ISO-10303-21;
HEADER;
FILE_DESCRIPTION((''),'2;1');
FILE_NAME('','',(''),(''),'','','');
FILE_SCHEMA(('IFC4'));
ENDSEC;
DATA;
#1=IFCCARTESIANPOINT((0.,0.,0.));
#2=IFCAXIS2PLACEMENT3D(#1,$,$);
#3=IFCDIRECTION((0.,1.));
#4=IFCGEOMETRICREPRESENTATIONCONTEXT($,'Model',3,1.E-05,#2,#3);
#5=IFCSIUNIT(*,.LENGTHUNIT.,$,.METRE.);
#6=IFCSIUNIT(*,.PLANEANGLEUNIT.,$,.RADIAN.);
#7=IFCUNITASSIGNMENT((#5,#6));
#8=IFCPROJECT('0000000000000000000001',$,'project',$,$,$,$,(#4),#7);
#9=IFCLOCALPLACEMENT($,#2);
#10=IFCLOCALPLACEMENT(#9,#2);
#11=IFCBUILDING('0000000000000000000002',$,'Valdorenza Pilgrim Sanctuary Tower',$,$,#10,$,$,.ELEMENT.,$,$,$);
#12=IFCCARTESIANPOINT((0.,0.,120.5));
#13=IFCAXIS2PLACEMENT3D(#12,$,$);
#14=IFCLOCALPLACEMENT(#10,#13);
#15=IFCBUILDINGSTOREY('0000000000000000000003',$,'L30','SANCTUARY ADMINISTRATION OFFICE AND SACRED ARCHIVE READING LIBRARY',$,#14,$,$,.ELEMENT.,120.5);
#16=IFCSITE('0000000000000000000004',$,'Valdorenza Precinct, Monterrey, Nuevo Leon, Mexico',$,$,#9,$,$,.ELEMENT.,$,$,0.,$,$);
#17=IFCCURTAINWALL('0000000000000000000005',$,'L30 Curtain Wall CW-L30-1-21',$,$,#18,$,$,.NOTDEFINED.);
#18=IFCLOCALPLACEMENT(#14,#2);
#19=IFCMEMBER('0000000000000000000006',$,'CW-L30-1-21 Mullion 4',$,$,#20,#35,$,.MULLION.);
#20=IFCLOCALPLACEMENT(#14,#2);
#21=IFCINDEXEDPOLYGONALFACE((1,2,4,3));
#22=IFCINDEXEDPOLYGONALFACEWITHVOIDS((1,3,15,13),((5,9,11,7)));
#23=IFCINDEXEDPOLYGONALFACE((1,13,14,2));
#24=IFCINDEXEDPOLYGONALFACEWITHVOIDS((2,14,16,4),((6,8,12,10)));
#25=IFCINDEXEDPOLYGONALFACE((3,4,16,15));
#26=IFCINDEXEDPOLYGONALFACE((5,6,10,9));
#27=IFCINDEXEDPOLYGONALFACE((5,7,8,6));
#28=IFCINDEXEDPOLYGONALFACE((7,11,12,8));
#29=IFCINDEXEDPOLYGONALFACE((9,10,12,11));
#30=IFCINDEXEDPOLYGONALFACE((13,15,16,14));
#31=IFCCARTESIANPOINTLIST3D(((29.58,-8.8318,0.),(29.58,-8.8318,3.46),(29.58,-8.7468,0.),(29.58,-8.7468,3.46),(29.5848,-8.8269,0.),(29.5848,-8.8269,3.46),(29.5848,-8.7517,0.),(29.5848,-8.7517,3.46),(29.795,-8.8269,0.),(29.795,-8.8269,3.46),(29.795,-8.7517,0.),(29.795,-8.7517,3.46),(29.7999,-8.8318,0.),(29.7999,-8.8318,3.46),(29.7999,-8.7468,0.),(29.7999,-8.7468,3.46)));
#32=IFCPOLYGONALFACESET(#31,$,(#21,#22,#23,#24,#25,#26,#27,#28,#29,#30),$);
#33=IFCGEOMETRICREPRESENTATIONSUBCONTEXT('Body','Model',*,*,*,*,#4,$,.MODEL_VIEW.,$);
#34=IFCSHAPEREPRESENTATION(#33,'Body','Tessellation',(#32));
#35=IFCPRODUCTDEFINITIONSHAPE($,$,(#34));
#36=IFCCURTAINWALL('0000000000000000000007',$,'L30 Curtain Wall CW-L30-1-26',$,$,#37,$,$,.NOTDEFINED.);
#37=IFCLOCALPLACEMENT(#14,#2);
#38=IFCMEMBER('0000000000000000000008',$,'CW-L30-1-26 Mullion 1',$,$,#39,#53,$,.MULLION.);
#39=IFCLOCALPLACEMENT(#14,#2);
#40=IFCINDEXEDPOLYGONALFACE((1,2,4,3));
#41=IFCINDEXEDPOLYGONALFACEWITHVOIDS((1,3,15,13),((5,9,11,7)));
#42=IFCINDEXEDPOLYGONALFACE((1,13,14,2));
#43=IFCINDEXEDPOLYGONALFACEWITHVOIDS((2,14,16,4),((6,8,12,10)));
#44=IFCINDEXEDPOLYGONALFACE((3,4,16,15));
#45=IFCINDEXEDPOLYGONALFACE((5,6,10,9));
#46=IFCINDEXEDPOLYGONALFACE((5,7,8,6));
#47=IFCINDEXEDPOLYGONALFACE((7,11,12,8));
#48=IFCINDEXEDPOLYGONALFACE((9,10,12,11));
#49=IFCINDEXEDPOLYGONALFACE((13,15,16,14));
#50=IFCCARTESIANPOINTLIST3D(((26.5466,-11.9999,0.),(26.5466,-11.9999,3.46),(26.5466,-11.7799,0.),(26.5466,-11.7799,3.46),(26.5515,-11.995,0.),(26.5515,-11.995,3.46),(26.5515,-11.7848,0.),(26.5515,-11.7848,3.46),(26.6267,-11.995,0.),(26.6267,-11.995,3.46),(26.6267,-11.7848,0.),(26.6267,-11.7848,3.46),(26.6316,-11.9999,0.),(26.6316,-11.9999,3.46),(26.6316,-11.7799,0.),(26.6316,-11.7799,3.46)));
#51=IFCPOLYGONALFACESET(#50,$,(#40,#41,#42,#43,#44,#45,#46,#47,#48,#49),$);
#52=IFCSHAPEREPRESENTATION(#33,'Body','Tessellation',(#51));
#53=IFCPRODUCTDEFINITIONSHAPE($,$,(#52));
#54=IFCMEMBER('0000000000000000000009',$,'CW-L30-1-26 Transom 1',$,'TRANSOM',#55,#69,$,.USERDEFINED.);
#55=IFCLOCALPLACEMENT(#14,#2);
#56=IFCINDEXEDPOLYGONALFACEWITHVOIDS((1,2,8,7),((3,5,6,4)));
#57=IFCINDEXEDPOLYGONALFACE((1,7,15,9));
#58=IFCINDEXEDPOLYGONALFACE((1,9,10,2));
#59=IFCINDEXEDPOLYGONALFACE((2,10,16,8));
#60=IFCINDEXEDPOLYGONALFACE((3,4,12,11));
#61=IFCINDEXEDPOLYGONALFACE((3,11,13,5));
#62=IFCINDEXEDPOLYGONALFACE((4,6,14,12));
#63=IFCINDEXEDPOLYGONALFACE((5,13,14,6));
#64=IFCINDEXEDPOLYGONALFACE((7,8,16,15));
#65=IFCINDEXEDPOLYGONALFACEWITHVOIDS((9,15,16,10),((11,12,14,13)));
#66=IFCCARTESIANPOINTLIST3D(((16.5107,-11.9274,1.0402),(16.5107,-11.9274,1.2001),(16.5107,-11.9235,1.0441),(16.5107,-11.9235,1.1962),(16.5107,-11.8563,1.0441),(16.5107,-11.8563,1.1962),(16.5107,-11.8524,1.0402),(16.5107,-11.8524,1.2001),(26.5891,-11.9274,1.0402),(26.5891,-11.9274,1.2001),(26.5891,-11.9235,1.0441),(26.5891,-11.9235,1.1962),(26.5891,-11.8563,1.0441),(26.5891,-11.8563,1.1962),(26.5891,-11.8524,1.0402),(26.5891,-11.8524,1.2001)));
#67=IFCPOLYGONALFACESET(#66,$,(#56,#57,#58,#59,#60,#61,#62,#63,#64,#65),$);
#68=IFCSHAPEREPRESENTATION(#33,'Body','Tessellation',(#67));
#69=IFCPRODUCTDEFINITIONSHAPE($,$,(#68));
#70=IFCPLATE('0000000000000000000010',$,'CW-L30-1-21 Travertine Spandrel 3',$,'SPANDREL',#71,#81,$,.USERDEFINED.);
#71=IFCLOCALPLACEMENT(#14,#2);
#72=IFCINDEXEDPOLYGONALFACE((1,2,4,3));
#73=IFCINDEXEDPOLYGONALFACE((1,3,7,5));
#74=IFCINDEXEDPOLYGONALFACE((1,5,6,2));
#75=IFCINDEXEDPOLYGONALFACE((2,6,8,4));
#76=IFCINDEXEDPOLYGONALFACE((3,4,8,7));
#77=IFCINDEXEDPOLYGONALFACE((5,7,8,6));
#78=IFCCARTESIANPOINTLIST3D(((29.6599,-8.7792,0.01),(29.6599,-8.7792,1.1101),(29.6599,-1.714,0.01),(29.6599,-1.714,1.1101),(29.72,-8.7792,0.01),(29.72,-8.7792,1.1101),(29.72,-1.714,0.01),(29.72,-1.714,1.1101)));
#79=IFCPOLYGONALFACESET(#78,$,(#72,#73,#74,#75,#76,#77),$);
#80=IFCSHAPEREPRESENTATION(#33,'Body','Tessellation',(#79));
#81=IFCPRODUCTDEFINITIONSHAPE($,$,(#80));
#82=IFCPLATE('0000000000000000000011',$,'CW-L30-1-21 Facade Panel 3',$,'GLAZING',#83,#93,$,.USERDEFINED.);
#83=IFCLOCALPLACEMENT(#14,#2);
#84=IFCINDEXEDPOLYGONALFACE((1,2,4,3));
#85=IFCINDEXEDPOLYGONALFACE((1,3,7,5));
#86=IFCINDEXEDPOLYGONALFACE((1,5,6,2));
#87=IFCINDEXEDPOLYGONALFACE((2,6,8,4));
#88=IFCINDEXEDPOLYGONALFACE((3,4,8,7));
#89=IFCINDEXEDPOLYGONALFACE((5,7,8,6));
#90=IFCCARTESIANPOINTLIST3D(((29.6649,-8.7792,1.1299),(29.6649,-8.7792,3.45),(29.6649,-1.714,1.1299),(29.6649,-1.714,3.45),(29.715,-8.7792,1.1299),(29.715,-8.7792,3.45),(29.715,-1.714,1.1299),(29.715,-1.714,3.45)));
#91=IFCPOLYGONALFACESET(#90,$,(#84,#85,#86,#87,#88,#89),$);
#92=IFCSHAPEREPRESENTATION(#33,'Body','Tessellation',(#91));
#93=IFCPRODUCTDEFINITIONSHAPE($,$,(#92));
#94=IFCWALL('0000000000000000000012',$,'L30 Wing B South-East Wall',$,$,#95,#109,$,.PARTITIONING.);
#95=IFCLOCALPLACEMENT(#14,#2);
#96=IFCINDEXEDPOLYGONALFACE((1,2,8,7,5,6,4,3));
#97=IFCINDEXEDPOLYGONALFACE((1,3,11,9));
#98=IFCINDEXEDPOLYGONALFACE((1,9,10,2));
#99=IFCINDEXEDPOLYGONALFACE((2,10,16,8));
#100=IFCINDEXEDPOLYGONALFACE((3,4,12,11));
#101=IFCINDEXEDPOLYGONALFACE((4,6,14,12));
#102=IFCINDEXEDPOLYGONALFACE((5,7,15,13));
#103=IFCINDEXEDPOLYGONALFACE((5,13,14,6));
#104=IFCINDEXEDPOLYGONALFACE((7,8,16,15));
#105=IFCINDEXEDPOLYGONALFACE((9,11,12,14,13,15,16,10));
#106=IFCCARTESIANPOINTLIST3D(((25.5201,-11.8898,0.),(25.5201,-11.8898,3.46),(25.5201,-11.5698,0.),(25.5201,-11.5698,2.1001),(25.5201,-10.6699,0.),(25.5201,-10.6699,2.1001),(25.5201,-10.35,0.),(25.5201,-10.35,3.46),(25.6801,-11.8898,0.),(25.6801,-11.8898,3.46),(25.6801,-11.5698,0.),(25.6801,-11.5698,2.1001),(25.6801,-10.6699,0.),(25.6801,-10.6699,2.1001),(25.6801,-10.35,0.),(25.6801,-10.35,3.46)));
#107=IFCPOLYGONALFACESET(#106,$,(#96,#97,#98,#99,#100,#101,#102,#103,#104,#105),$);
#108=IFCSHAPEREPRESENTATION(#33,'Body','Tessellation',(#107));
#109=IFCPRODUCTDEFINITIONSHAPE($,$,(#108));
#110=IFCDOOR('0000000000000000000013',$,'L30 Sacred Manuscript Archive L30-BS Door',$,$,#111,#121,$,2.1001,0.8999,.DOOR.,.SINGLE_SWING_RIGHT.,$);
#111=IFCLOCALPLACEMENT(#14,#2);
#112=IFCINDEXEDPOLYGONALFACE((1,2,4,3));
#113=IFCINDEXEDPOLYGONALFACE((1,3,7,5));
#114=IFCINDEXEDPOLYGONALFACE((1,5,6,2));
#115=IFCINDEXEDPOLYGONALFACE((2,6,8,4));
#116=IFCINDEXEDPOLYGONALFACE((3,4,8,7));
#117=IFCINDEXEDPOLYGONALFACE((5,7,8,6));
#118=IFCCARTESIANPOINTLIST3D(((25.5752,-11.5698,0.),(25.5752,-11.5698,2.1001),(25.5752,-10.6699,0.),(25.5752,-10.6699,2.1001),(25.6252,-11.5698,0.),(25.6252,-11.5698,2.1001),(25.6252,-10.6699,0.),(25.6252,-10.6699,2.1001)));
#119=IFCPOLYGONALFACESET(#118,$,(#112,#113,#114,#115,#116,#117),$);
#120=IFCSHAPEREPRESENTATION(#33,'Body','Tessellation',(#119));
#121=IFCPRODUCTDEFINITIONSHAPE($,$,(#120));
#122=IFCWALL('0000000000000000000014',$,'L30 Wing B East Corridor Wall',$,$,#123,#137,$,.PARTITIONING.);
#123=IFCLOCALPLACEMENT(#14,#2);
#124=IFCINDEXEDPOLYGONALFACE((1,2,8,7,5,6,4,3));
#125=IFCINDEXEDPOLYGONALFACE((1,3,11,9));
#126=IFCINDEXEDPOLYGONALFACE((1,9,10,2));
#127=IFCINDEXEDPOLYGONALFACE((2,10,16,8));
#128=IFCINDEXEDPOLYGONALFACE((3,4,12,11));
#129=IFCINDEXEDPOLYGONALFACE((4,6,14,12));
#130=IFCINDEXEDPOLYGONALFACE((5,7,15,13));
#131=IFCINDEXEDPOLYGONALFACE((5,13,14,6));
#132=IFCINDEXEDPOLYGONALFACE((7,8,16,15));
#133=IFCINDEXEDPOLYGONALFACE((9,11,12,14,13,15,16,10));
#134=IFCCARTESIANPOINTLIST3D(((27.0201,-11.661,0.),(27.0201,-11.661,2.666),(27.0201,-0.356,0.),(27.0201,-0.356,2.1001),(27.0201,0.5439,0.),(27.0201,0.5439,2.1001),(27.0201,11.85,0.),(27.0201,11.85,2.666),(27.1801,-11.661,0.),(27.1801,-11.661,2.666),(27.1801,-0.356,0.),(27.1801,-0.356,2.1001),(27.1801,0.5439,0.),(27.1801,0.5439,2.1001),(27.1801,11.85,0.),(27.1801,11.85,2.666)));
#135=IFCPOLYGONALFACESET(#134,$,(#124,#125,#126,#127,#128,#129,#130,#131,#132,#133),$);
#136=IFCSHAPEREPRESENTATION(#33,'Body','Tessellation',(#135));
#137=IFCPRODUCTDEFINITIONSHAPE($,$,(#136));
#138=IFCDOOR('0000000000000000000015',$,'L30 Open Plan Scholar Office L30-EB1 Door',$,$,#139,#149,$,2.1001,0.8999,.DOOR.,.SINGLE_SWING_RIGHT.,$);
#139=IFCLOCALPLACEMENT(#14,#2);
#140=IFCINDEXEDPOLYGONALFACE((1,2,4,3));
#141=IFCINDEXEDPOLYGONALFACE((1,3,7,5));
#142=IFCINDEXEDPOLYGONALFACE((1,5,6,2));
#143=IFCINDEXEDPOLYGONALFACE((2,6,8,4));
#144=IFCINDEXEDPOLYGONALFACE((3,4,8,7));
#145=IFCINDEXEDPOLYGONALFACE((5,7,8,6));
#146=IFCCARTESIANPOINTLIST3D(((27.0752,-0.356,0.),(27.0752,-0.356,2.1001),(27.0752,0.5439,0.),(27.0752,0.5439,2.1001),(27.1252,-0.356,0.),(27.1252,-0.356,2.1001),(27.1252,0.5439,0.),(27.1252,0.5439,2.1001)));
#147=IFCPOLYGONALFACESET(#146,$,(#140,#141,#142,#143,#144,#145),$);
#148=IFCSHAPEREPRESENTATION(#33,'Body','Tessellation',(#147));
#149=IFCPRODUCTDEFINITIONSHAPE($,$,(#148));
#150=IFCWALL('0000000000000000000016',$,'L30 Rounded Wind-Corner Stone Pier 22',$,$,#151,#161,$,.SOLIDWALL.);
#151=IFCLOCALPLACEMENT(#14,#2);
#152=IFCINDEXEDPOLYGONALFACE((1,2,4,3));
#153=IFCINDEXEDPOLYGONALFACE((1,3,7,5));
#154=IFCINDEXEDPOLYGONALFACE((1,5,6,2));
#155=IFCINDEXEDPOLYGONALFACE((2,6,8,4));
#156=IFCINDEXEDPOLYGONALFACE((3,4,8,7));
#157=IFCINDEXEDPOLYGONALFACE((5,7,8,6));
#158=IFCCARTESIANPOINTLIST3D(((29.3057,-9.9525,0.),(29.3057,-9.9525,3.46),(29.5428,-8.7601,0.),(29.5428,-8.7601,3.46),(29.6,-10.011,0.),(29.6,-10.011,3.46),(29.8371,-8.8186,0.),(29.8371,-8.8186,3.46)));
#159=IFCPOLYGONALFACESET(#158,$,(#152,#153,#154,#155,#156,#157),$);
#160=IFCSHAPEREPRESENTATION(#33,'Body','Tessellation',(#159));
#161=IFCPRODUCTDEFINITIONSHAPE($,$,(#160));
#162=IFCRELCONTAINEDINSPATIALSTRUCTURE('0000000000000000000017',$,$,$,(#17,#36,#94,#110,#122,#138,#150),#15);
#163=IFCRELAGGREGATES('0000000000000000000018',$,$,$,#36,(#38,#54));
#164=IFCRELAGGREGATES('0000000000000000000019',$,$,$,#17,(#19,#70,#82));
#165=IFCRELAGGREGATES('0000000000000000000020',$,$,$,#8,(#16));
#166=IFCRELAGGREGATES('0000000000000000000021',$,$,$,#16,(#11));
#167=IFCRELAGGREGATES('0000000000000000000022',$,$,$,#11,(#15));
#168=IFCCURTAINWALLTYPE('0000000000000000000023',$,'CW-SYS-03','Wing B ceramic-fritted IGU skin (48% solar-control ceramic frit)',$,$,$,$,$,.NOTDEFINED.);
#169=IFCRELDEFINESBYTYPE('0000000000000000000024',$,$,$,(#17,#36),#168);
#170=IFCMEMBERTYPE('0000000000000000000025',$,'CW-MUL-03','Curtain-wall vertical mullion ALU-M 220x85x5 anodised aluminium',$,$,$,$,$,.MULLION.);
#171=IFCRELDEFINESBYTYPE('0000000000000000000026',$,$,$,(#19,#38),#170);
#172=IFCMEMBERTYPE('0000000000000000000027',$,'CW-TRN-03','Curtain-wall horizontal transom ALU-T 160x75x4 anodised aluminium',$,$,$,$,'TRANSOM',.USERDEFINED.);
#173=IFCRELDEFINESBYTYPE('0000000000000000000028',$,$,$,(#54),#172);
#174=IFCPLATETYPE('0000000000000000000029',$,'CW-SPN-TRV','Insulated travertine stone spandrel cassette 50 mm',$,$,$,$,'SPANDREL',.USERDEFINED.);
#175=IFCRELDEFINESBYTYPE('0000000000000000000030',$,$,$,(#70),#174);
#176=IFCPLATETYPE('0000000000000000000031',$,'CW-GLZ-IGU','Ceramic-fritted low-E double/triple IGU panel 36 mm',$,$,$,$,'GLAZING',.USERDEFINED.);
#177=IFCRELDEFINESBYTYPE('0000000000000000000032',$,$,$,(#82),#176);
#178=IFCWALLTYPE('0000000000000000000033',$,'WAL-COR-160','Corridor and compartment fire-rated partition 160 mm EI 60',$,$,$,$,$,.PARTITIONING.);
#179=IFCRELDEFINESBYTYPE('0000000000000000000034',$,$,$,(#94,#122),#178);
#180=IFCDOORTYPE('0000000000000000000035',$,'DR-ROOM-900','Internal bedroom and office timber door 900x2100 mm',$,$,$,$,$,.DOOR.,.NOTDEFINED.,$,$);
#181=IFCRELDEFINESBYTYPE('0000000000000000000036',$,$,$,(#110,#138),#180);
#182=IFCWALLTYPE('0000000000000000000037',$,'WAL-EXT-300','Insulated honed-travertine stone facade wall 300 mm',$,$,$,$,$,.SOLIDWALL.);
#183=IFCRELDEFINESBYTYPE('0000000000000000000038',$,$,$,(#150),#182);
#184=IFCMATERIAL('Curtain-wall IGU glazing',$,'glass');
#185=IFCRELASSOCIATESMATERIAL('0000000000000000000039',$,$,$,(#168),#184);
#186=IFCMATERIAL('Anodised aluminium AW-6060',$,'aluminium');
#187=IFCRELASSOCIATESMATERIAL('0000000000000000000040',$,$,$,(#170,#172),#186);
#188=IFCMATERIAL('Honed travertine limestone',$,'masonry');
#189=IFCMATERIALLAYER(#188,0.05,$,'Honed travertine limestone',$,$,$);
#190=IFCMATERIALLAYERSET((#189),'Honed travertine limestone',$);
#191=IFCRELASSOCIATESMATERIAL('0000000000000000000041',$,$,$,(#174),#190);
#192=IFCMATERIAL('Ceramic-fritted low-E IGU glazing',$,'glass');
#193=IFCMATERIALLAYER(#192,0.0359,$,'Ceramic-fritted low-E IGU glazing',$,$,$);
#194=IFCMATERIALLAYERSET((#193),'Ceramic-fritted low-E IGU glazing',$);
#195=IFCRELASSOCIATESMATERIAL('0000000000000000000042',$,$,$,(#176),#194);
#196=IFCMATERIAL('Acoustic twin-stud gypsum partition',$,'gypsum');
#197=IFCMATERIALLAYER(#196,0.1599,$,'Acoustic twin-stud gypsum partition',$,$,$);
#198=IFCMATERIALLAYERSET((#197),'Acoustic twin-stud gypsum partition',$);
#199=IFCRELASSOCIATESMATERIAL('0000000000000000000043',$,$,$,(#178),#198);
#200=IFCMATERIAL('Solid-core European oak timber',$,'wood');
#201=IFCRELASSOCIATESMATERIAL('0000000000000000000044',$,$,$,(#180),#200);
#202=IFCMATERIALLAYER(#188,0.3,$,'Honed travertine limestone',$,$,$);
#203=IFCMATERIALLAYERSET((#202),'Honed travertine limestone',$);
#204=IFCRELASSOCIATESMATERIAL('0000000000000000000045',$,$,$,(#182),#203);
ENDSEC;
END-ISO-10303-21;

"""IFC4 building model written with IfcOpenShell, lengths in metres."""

from ifc_helpers import new_model, si_unit, direction, frame, frame_2d, origin, origin_2d, place, context, subcontext, project, spatial, rectangle, hollow_rectangle, extrude, source, transform, mapped, material, layer, layer_set, material_profile, profile_set, type_object, element, fill, aggregate, save


model = new_model("IFC4")

# Units and contexts
model_context = context("Model", 3, precision=1e-05, world=origin(), true_north=direction((0.0, 1.0)))
body_context = subcontext(model_context, "Body", "Model", "MODEL_VIEW")
ifc_project = project(units=[si_unit("LENGTHUNIT", "METRE"), si_unit("PLANEANGLEUNIT", "RADIAN")], contexts=[model_context])

# Site, building, storey
site_placement = place(None, origin())
site = spatial("IfcSite", under=ifc_project, at=site_placement, Name="Valdorenza Precinct, Monterrey, Nuevo Leon, Mexico", CompositionType="ELEMENT", RefElevation=0.0)
building_placement = place(site_placement, origin())
building = spatial("IfcBuilding", under=site, at=building_placement, Name="Valdorenza Pilgrim Sanctuary Tower", CompositionType="ELEMENT")
storey_placement = place(building_placement, frame((0.0, 0.0, 120.5)))
storey = spatial("IfcBuildingStorey", under=building, at=storey_placement, Name="L30", Description="SANCTUARY ADMINISTRATION OFFICE AND SACRED ARCHIVE READING LIBRARY", CompositionType="ELEMENT", Elevation=120.5)

# Curtain walls, members
ifc_material_1 = material(Name="Curtain-wall IGU glazing", Category="glass")
curtain_wall_type = type_object("IfcCurtainWallType", Name="CW-SYS-03", Description="Wing B ceramic-fritted IGU skin (48% solar-control ceramic frit)", PredefinedType="NOTDEFINED", material=ifc_material_1)
curtain_wall_1_placement = place(storey_placement, origin())
curtain_wall_1 = element("IfcCurtainWall", 1, at=curtain_wall_1_placement, inside=storey, type_object=curtain_wall_type, Name="L30 Curtain Wall CW-L30-1-21", PredefinedType="NOTDEFINED")
ifc_material_2 = material(Name="Anodised aluminium AW-6060", Category="aluminium")
ifc_material_profile_1 = material_profile(ifc_material_2, hollow_rectangle(XDim=0.085, YDim=0.22, WallThickness=0.0049, at=origin_2d()), Name="ALU-M 220x85x5")
ifc_profile_set_1 = profile_set([ifc_material_profile_1], Name="Anodised aluminium AW-6060")
member_type_1 = type_object("IfcMemberType", Name="CW-MUL-03", Description="Curtain-wall vertical mullion ALU-M 220x85x5 anodised aluminium", PredefinedType="MULLION", material=ifc_profile_set_1)
shared_shape_1 = source(origin(), body_context, "Body", "SweptSolid", [
    extrude(hollow_rectangle(XDim=0.085, YDim=0.22, WallThickness=0.0049, at=origin_2d()), origin(), (0.0, 0.0, 1.0), 3.46),
])
member_1_placement = place(storey_placement, frame((29.6899, -8.7893, 0.0), z_axis=(0.0, 0.0, 1.0), x_axis=(0.0, -1.0, 0.0)))
member_1 = element("IfcMember", 2, at=member_1_placement, type_object=member_type_1, Name="CW-L30-1-21 Mullion 4", PredefinedType="MULLION", context=body_context, shape_type="MappedRepresentation", body=[
    mapped(shared_shape_1, transform((0.0, 0.0, 0.0), x_axis=(1.0, 0.0, 0.0), y_axis=(0.0, 1.0, 0.0), z_axis=(0.0, 0.0, 1.0), scale=1.0)),
])
curtain_wall_2_placement = place(storey_placement, origin())
curtain_wall_2 = element("IfcCurtainWall", 3, at=curtain_wall_2_placement, inside=storey, type_object=curtain_wall_type, Name="L30 Curtain Wall CW-L30-1-26", PredefinedType="NOTDEFINED")
member_2_placement = place(storey_placement, frame((26.5891, -11.8899, 0.0), z_axis=(0.0, 0.0, 1.0), x_axis=(-1.0, 0.0, 0.0)))
member_2 = element("IfcMember", 4, at=member_2_placement, type_object=member_type_1, Name="CW-L30-1-26 Mullion 1", PredefinedType="MULLION", context=body_context, shape_type="MappedRepresentation", body=[
    mapped(shared_shape_1, transform((0.0, 0.0, 0.0), x_axis=(1.0, 0.0, 0.0), y_axis=(0.0, 1.0, 0.0), z_axis=(0.0, 0.0, 1.0), scale=1.0)),
])
ifc_material_profile_2 = material_profile(ifc_material_2, hollow_rectangle(XDim=0.075, YDim=0.1599, WallThickness=0.0039, at=origin_2d()), Name="ALU-T 160x75x4")
ifc_profile_set_2 = profile_set([ifc_material_profile_2], Name="Anodised aluminium AW-6060")
member_type_2 = type_object("IfcMemberType", Name="CW-TRN-03", Description="Curtain-wall horizontal transom ALU-T 160x75x4 anodised aluminium", ElementType="TRANSOM", PredefinedType="USERDEFINED", material=ifc_profile_set_2)
shared_shape_2 = source(origin(), body_context, "Body", "SweptSolid", [
    extrude(hollow_rectangle(XDim=0.075, YDim=0.1599, WallThickness=0.0039, at=origin_2d()), origin(), (0.0, 0.0, 1.0), 10.0784),
])
member_3_placement = place(storey_placement, frame((26.5891, -11.8899, 1.1201), z_axis=(-1.0, 0.0, 0.0), x_axis=(0.0, -1.0, 0.0)))
member_3 = element("IfcMember", 5, at=member_3_placement, type_object=member_type_2, Name="CW-L30-1-26 Transom 1", ObjectType="TRANSOM", PredefinedType="USERDEFINED", context=body_context, shape_type="MappedRepresentation", body=[
    mapped(shared_shape_2, transform((0.0, 0.0, 0.0), x_axis=(1.0, 0.0, 0.0), y_axis=(0.0, 1.0, 0.0), z_axis=(0.0, 0.0, 1.0), scale=1.0)),
])
aggregate(curtain_wall_2, [member_2, member_3])

# Plates
ifc_material_3 = material(Name="Honed travertine limestone", Category="masonry")
ifc_layer_1 = layer(ifc_material_3, 0.05, Name="Honed travertine limestone")
ifc_layer_set_1 = layer_set([ifc_layer_1], Name="Honed travertine limestone")
plate_type_1 = type_object("IfcPlateType", Name="CW-SPN-TRV", Description="Insulated travertine stone spandrel cassette 50 mm", ElementType="SPANDREL", PredefinedType="USERDEFINED", material=ifc_layer_set_1)
shared_shape_3 = source(origin(), body_context, "Body", "SweptSolid", [
    extrude(rectangle(XDim=7.0652, YDim=0.0601, at=origin_2d()), origin(), (0.0, 0.0, 1.0), 1.1001),
])
plate_1_placement = place(storey_placement, frame((29.6899, -5.2466, 0.01), z_axis=(0.0, 0.0, 1.0), x_axis=(0.0, -1.0, 0.0)))
plate_1 = element("IfcPlate", 6, at=plate_1_placement, type_object=plate_type_1, Name="CW-L30-1-21 Travertine Spandrel 3", ObjectType="SPANDREL", PredefinedType="USERDEFINED", context=body_context, shape_type="MappedRepresentation", body=[
    mapped(shared_shape_3, transform((0.0, 0.0, 0.0), x_axis=(1.0, 0.0, 0.0), y_axis=(0.0, 1.0, 0.0), z_axis=(0.0, 0.0, 1.0), scale=1.0)),
])
ifc_material_4 = material(Name="Ceramic-fritted low-E IGU glazing", Category="glass")
ifc_layer_2 = layer(ifc_material_4, 0.0359, Name="Ceramic-fritted low-E IGU glazing")
ifc_layer_set_2 = layer_set([ifc_layer_2], Name="Ceramic-fritted low-E IGU glazing")
plate_type_2 = type_object("IfcPlateType", Name="CW-GLZ-IGU", Description="Ceramic-fritted low-E double/triple IGU panel 36 mm", ElementType="GLAZING", PredefinedType="USERDEFINED", material=ifc_layer_set_2)
shared_shape_4 = source(origin(), body_context, "Body", "SweptSolid", [
    extrude(rectangle(XDim=7.0652, YDim=0.05, at=origin_2d()), origin(), (0.0, 0.0, 1.0), 2.3201),
])
plate_2_placement = place(storey_placement, frame((29.6899, -5.2466, 1.1299), z_axis=(0.0, 0.0, 1.0), x_axis=(0.0, -1.0, 0.0)))
plate_2 = element("IfcPlate", 7, at=plate_2_placement, type_object=plate_type_2, Name="CW-L30-1-21 Facade Panel 3", ObjectType="GLAZING", PredefinedType="USERDEFINED", context=body_context, shape_type="MappedRepresentation", body=[
    mapped(shared_shape_4, transform((0.0, 0.0, 0.0), x_axis=(1.0, 0.0, 0.0), y_axis=(0.0, 1.0, 0.0), z_axis=(0.0, 0.0, 1.0), scale=1.0)),
])
aggregate(curtain_wall_1, [member_1, plate_1, plate_2])

# Walls, openings, doors
ifc_material_5 = material(Name="Acoustic twin-stud gypsum partition", Category="gypsum")
ifc_layer_3 = layer(ifc_material_5, 0.1599, Name="Acoustic twin-stud gypsum partition")
ifc_layer_set_3 = layer_set([ifc_layer_3], Name="Acoustic twin-stud gypsum partition")
wall_type_1 = type_object("IfcWallType", Name="WAL-COR-160", Description="Corridor and compartment fire-rated partition 160 mm EI 60", PredefinedType="PARTITIONING", material=ifc_layer_set_3)
wall_1_placement = place(storey_placement, frame((25.6001, -11.8899, 0.0), z_axis=(0.0, 0.0, 1.0), x_axis=(0.0, 1.0, 0.0)))
wall_1 = element("IfcWall", 8, at=wall_1_placement, inside=storey, type_object=wall_type_1, Name="L30 Wing B South-East Wall", PredefinedType="PARTITIONING", context=body_context, shape_type="SweptSolid", body=[
    extrude(rectangle(XDim=1.5398, YDim=0.1599, at=frame_2d((0.77, 0.0))), origin(), (0.0, 0.0, 1.0), 3.46),
])
opening_1_placement = place(wall_1_placement, frame((0.3201, 0.0, 0.0)))
opening_1 = element("IfcOpeningElement", 9, at=opening_1_placement, cuts=wall_1, PredefinedType="OPENING", context=body_context, shape_type="SweptSolid", body=[
    extrude(rectangle(XDim=0.8999, YDim=2.1001, at=frame_2d((0.45, 1.05))), frame((0.0, 0.0947, 0.0), z_axis=(0.0, -1.0, 0.0), x_axis=(1.0, 0.0, 0.0)), (0.0, 0.0, 1.0), 0.1897),
])
ifc_material_6 = material(Name="Solid-core European oak timber", Category="wood")
door_type = type_object("IfcDoorType", Name="DR-ROOM-900", Description="Internal bedroom and office timber door 900x2100 mm", OperationType="NOTDEFINED", PredefinedType="DOOR", material=ifc_material_6)
door_1_placement = place(opening_1_placement, origin())
door_1 = element("IfcDoor", 10, at=door_1_placement, inside=storey, type_object=door_type, Name="L30 Sacred Manuscript Archive L30-BS Door", OperationType="SINGLE_SWING_RIGHT", OverallHeight=2.1001, OverallWidth=0.8999, PredefinedType="DOOR", context=body_context, shape_type="SweptSolid", body=[
    extrude(rectangle(XDim=0.8999, YDim=2.1001, at=frame_2d((0.45, 1.05))), frame((0.0, 0.0249, 0.0), z_axis=(0.0, -1.0, 0.0), x_axis=(1.0, 0.0, 0.0)), (0.0, 0.0, 1.0), 0.05),
])
fill(opening_1, door_1)
wall_2_placement = place(storey_placement, frame((27.1001, -11.6609, 0.0), z_axis=(0.0, 0.0, 1.0), x_axis=(0.0, 1.0, 0.0)))
wall_2 = element("IfcWall", 11, at=wall_2_placement, inside=storey, type_object=wall_type_1, Name="L30 Wing B East Corridor Wall", PredefinedType="PARTITIONING", context=body_context, shape_type="SweptSolid", body=[
    extrude(rectangle(XDim=23.511, YDim=0.1599, at=frame_2d((11.7554, 0.0))), origin(), (0.0, 0.0, 1.0), 2.666),
])
opening_2_placement = place(wall_2_placement, frame((11.3049, 0.0, 0.0)))
opening_2 = element("IfcOpeningElement", 12, at=opening_2_placement, cuts=wall_2, PredefinedType="OPENING", context=body_context, shape_type="SweptSolid", body=[
    extrude(rectangle(XDim=0.8999, YDim=2.1001, at=frame_2d((0.45, 1.05))), frame((0.0, 0.0947, 0.0), z_axis=(0.0, -1.0, 0.0), x_axis=(1.0, 0.0, 0.0)), (0.0, 0.0, 1.0), 0.1897),
])
door_2_placement = place(opening_2_placement, origin())
door_2 = element("IfcDoor", 13, at=door_2_placement, inside=storey, type_object=door_type, Name="L30 Open Plan Scholar Office L30-EB1 Door", OperationType="SINGLE_SWING_RIGHT", OverallHeight=2.1001, OverallWidth=0.8999, PredefinedType="DOOR", context=body_context, shape_type="SweptSolid", body=[
    extrude(rectangle(XDim=0.8999, YDim=2.1001, at=frame_2d((0.45, 1.05))), frame((0.0, 0.0249, 0.0), z_axis=(0.0, -1.0, 0.0), x_axis=(1.0, 0.0, 0.0)), (0.0, 0.0, 1.0), 0.05),
])
fill(opening_2, door_2)

# Wall
ifc_layer_4 = layer(ifc_material_3, 0.3, Name="Honed travertine limestone")
ifc_layer_set_4 = layer_set([ifc_layer_4], Name="Honed travertine limestone")
wall_type_2 = type_object("IfcWallType", Name="WAL-EXT-300", Description="Insulated honed-travertine stone facade wall 300 mm", PredefinedType="SOLIDWALL", material=ifc_layer_set_4)
wall_3_placement = place(storey_placement, frame((29.6899, -8.7893, 0.0), z_axis=(0.0, 0.0, 1.0), x_axis=(-0.194996, -0.980804, 0.0)))
element("IfcWall", 14, at=wall_3_placement, inside=storey, type_object=wall_type_2, Name="L30 Rounded Wind-Corner Stone Pier 22", PredefinedType="SOLIDWALL", context=body_context, shape_type="SweptSolid", body=[
    extrude(rectangle(XDim=1.2158, YDim=0.3, at=frame_2d((0.6079, 0.0))), origin(), (0.0, 0.0, 1.0), 3.46),
])

save(model, "model.ifc")
